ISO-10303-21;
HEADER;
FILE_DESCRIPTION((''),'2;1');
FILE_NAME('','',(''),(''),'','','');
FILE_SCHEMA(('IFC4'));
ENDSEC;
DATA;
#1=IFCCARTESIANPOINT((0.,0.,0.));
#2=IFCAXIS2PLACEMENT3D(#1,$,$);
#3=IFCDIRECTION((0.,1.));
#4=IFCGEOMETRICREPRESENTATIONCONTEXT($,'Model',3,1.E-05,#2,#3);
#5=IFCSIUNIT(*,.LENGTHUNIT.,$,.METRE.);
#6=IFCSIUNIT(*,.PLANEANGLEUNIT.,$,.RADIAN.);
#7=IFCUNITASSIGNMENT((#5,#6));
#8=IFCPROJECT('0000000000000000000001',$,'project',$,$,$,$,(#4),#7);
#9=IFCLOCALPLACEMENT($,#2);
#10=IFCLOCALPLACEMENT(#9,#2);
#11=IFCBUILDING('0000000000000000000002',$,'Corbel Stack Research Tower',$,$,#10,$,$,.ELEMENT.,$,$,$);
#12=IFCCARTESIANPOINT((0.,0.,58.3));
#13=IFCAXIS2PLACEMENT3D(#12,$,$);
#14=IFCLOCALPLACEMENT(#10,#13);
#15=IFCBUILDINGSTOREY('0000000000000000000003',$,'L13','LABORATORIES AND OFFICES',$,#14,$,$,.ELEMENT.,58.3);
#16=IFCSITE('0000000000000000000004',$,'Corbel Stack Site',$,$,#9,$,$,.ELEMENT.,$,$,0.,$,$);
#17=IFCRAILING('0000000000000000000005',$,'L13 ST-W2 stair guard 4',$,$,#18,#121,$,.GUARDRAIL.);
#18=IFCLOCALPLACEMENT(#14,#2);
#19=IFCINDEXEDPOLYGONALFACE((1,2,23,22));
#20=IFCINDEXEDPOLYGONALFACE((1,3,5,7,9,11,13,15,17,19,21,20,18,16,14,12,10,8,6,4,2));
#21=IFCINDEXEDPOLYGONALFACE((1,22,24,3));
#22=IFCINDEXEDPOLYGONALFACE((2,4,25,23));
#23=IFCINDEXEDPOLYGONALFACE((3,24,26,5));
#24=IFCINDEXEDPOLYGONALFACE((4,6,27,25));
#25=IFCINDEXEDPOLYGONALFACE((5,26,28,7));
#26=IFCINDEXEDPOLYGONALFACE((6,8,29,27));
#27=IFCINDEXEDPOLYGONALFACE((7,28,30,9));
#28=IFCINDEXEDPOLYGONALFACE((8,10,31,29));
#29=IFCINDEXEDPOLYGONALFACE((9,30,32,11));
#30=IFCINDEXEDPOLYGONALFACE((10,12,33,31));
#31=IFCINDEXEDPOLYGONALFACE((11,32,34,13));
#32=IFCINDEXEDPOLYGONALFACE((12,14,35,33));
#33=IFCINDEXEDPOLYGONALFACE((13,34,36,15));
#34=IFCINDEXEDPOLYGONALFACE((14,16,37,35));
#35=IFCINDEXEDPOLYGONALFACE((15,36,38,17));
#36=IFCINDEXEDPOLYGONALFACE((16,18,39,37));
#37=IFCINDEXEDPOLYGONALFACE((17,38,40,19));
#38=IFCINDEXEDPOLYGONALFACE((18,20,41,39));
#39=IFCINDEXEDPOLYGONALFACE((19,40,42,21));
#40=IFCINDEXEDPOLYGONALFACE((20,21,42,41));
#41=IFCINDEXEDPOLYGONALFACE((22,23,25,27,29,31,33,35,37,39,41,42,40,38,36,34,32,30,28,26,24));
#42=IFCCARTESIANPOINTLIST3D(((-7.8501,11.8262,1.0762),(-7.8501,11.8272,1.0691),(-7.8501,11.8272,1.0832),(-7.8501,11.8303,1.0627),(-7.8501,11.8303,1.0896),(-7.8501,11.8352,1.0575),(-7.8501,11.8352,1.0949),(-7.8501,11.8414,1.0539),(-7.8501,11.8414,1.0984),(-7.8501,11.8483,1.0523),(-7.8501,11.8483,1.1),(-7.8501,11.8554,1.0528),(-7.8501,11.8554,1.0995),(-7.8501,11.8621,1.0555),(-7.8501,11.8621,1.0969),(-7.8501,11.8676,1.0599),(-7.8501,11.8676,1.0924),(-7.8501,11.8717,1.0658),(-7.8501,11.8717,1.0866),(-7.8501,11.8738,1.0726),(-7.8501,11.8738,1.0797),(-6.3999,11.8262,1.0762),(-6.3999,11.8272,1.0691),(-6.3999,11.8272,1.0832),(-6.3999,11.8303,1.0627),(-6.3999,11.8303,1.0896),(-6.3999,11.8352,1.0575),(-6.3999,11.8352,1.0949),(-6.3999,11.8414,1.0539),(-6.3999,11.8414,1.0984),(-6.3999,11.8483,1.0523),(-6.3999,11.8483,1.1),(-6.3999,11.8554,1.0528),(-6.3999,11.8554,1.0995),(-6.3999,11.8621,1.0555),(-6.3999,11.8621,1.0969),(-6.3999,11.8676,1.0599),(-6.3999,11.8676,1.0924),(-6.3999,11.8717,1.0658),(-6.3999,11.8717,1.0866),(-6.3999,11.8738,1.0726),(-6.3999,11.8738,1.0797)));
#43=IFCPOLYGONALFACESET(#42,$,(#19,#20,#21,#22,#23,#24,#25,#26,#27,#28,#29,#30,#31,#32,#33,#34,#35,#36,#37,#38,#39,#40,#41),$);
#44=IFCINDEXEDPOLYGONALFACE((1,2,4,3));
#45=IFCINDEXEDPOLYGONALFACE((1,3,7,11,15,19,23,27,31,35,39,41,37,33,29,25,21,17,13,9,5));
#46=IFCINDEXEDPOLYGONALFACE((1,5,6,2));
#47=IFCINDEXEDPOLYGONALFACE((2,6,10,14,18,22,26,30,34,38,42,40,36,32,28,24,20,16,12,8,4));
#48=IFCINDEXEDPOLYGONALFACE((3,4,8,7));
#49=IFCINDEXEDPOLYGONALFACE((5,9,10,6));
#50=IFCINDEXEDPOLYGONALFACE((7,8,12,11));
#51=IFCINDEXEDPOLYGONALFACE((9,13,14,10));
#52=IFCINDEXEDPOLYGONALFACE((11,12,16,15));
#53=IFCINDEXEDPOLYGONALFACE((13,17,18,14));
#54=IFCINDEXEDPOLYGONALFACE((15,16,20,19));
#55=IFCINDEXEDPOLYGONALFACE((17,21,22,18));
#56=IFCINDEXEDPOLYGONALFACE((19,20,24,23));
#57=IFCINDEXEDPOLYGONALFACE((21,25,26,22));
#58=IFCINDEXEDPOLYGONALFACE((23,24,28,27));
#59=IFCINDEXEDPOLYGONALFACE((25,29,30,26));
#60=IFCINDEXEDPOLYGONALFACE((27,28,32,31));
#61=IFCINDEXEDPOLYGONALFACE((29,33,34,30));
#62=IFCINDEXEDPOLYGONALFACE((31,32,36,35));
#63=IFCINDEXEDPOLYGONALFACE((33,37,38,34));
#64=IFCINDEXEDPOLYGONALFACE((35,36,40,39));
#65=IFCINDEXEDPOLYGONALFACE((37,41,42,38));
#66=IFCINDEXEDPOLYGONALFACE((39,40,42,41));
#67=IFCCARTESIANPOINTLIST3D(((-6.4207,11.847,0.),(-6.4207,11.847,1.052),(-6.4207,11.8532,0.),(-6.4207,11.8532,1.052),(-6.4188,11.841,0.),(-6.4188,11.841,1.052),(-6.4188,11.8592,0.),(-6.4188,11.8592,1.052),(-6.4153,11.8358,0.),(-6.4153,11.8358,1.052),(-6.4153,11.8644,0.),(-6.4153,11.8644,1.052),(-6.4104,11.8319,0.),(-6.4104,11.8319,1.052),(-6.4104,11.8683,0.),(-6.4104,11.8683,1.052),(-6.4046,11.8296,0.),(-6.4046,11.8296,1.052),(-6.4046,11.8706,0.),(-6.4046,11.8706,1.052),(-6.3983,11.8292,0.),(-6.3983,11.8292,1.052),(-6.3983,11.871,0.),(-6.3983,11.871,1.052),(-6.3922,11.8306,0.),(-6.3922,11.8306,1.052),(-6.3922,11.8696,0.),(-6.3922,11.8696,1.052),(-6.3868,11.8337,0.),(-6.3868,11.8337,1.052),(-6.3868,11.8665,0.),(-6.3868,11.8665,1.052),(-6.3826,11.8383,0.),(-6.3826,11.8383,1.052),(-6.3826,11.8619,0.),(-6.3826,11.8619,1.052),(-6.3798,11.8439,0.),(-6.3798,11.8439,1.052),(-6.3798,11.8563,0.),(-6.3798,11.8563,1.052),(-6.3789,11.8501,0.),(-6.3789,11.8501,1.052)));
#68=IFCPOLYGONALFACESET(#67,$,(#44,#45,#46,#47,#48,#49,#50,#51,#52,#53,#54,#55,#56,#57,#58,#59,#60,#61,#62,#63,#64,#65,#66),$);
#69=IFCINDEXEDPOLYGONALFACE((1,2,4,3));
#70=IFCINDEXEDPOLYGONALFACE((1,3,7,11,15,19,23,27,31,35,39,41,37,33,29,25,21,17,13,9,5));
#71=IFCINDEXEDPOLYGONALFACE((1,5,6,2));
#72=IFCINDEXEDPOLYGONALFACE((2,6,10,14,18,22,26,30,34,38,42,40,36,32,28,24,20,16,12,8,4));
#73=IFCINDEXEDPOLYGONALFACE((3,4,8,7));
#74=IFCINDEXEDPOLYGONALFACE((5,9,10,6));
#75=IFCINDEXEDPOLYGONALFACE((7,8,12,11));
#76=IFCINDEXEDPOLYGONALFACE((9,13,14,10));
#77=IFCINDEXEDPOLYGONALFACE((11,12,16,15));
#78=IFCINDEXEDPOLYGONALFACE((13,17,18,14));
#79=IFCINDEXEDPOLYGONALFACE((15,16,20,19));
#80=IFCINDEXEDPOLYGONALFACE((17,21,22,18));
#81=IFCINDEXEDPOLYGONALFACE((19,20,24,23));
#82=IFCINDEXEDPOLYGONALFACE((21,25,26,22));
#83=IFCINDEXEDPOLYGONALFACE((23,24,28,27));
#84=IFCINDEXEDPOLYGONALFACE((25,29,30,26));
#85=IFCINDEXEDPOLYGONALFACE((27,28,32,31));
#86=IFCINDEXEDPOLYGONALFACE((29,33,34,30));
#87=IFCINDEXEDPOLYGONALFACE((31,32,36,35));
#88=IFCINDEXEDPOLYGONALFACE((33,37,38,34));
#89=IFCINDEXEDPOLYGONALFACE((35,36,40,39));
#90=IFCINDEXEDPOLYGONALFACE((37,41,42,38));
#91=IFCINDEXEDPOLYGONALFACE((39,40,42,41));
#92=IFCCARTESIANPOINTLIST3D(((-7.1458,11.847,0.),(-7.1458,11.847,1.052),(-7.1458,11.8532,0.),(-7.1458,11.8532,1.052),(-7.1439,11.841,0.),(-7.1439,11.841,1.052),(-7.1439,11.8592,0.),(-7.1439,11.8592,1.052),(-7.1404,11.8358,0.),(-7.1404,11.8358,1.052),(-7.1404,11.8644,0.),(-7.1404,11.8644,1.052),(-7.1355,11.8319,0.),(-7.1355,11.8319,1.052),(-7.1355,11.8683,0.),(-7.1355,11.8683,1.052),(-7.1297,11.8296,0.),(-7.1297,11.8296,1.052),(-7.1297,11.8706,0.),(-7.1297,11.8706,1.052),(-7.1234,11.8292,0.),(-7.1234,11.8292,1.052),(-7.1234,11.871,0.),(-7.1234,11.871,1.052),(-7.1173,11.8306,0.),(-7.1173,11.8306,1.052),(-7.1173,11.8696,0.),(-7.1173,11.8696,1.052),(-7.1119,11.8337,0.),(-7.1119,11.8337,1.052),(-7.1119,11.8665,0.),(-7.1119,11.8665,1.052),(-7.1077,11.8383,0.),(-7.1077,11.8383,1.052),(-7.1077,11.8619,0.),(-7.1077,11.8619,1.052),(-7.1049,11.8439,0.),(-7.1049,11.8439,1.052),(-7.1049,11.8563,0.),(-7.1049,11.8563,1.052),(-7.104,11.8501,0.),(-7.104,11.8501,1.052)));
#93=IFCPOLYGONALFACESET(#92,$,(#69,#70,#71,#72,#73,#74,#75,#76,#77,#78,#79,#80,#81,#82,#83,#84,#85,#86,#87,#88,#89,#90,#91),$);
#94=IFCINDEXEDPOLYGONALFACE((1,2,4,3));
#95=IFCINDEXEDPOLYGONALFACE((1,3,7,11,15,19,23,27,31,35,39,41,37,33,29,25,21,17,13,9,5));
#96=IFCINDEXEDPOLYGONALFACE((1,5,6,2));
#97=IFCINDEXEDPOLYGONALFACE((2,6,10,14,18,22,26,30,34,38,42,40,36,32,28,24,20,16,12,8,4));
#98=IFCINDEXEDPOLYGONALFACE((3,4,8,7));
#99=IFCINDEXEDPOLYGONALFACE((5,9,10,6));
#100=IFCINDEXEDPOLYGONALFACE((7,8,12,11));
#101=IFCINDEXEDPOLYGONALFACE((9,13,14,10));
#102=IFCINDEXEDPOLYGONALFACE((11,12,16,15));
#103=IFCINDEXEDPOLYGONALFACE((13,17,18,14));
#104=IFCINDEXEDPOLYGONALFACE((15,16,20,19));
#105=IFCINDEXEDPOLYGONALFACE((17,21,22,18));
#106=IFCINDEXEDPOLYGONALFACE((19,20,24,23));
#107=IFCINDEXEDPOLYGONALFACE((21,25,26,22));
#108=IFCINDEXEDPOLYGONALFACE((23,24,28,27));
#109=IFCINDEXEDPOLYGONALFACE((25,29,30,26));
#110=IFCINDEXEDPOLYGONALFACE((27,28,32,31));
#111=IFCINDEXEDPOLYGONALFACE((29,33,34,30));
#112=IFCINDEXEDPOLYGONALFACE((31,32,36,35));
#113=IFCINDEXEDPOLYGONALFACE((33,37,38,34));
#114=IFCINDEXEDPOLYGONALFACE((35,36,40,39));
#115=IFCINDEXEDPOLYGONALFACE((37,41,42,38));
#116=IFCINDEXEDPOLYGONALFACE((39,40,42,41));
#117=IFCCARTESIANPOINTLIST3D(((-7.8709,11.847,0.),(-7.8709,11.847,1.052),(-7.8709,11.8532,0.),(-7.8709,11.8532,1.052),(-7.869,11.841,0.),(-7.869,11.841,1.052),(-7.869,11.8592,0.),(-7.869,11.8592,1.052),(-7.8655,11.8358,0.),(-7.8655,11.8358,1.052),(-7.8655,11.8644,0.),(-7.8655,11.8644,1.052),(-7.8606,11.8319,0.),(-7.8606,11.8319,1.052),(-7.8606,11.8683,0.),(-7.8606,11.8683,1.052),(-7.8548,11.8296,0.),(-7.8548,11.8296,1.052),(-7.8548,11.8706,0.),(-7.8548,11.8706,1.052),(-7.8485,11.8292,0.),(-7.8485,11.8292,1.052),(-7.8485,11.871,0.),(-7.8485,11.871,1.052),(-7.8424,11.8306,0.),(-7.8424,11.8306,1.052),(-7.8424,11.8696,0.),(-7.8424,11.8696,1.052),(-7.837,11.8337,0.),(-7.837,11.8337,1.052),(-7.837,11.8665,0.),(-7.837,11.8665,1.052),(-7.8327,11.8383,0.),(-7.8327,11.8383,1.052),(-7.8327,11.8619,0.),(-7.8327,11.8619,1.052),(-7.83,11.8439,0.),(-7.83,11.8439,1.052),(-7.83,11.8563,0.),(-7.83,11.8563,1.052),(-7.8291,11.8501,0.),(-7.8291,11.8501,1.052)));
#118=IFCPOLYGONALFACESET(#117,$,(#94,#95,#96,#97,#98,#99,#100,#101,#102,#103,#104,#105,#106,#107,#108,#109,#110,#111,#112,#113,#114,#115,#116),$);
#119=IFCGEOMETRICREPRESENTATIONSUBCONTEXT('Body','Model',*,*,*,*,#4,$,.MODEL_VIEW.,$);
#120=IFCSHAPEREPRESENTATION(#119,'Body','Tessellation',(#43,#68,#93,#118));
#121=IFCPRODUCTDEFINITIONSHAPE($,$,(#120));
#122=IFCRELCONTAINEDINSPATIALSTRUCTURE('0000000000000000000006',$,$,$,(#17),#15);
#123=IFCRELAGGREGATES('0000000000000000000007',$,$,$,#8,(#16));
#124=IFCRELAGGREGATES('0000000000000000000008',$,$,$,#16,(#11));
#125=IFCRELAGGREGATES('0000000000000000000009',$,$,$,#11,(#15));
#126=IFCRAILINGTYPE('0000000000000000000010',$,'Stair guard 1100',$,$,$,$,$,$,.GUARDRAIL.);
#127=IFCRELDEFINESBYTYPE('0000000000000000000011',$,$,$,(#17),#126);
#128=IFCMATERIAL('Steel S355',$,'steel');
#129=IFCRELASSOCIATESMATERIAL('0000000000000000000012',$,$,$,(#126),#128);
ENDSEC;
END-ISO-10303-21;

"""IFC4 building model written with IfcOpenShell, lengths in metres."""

from ifc_helpers import new_model, si_unit, direction, frame, origin, origin_2d, place, context, subcontext, project, spatial, circle, extrude, material, type_object, element, save


model = new_model("IFC4")

# Units and contexts
model_context = context("Model", 3, precision=1e-05, world=origin(), true_north=direction((0.0, 1.0)))
body_context = subcontext(model_context, "Body", "Model", "MODEL_VIEW")
ifc_project = project(units=[si_unit("LENGTHUNIT", "METRE"), si_unit("PLANEANGLEUNIT", "RADIAN")], contexts=[model_context])

# Site, building, storey
site_placement = place(None, origin())
site = spatial("IfcSite", under=ifc_project, at=site_placement, Name="Corbel Stack Site", CompositionType="ELEMENT", RefElevation=0.0)
building_placement = place(site_placement, origin())
building = spatial("IfcBuilding", under=site, at=building_placement, Name="Corbel Stack Research Tower", CompositionType="ELEMENT")
storey_placement = place(building_placement, frame((0.0, 0.0, 58.3)))
storey = spatial("IfcBuildingStorey", under=building, at=storey_placement, Name="L13", Description="LABORATORIES AND OFFICES", CompositionType="ELEMENT", Elevation=58.3)

# Railing
ifc_material_1 = material(Name="Steel S355", Category="steel")
railing_type_1 = type_object("IfcRailingType", Name="Stair guard 1100", PredefinedType="GUARDRAIL", material=ifc_material_1)
railing_1_placement = place(storey_placement, frame((-6.3999, 11.8501, 0.0)))
element("IfcRailing", 1, at=railing_1_placement, inside=storey, type_object=railing_type_1, Name="L13 ST-W2 stair guard 4", PredefinedType="GUARDRAIL", context=body_context, shape_type="SweptSolid", body=[
    extrude(circle(Radius=0.0239, at=origin_2d()), frame((0.0, 0.0, 1.0762), z_axis=(-1.0, 0.0, 0.0), x_axis=(0.0, -1.0, 0.0)), (0.0, 0.0, 1.0), 1.4502),
    extrude(circle(Radius=0.021, at=origin_2d()), origin(), (0.0, 0.0, 1.0), 1.052),
    extrude(circle(Radius=0.021, at=origin_2d()), frame((-0.7251, 0.0, 0.0)), (0.0, 0.0, 1.0), 1.052),
    extrude(circle(Radius=0.021, at=origin_2d()), frame((-1.4502, 0.0, 0.0)), (0.0, 0.0, 1.0), 1.052),
])

save(model, "model.ifc")
